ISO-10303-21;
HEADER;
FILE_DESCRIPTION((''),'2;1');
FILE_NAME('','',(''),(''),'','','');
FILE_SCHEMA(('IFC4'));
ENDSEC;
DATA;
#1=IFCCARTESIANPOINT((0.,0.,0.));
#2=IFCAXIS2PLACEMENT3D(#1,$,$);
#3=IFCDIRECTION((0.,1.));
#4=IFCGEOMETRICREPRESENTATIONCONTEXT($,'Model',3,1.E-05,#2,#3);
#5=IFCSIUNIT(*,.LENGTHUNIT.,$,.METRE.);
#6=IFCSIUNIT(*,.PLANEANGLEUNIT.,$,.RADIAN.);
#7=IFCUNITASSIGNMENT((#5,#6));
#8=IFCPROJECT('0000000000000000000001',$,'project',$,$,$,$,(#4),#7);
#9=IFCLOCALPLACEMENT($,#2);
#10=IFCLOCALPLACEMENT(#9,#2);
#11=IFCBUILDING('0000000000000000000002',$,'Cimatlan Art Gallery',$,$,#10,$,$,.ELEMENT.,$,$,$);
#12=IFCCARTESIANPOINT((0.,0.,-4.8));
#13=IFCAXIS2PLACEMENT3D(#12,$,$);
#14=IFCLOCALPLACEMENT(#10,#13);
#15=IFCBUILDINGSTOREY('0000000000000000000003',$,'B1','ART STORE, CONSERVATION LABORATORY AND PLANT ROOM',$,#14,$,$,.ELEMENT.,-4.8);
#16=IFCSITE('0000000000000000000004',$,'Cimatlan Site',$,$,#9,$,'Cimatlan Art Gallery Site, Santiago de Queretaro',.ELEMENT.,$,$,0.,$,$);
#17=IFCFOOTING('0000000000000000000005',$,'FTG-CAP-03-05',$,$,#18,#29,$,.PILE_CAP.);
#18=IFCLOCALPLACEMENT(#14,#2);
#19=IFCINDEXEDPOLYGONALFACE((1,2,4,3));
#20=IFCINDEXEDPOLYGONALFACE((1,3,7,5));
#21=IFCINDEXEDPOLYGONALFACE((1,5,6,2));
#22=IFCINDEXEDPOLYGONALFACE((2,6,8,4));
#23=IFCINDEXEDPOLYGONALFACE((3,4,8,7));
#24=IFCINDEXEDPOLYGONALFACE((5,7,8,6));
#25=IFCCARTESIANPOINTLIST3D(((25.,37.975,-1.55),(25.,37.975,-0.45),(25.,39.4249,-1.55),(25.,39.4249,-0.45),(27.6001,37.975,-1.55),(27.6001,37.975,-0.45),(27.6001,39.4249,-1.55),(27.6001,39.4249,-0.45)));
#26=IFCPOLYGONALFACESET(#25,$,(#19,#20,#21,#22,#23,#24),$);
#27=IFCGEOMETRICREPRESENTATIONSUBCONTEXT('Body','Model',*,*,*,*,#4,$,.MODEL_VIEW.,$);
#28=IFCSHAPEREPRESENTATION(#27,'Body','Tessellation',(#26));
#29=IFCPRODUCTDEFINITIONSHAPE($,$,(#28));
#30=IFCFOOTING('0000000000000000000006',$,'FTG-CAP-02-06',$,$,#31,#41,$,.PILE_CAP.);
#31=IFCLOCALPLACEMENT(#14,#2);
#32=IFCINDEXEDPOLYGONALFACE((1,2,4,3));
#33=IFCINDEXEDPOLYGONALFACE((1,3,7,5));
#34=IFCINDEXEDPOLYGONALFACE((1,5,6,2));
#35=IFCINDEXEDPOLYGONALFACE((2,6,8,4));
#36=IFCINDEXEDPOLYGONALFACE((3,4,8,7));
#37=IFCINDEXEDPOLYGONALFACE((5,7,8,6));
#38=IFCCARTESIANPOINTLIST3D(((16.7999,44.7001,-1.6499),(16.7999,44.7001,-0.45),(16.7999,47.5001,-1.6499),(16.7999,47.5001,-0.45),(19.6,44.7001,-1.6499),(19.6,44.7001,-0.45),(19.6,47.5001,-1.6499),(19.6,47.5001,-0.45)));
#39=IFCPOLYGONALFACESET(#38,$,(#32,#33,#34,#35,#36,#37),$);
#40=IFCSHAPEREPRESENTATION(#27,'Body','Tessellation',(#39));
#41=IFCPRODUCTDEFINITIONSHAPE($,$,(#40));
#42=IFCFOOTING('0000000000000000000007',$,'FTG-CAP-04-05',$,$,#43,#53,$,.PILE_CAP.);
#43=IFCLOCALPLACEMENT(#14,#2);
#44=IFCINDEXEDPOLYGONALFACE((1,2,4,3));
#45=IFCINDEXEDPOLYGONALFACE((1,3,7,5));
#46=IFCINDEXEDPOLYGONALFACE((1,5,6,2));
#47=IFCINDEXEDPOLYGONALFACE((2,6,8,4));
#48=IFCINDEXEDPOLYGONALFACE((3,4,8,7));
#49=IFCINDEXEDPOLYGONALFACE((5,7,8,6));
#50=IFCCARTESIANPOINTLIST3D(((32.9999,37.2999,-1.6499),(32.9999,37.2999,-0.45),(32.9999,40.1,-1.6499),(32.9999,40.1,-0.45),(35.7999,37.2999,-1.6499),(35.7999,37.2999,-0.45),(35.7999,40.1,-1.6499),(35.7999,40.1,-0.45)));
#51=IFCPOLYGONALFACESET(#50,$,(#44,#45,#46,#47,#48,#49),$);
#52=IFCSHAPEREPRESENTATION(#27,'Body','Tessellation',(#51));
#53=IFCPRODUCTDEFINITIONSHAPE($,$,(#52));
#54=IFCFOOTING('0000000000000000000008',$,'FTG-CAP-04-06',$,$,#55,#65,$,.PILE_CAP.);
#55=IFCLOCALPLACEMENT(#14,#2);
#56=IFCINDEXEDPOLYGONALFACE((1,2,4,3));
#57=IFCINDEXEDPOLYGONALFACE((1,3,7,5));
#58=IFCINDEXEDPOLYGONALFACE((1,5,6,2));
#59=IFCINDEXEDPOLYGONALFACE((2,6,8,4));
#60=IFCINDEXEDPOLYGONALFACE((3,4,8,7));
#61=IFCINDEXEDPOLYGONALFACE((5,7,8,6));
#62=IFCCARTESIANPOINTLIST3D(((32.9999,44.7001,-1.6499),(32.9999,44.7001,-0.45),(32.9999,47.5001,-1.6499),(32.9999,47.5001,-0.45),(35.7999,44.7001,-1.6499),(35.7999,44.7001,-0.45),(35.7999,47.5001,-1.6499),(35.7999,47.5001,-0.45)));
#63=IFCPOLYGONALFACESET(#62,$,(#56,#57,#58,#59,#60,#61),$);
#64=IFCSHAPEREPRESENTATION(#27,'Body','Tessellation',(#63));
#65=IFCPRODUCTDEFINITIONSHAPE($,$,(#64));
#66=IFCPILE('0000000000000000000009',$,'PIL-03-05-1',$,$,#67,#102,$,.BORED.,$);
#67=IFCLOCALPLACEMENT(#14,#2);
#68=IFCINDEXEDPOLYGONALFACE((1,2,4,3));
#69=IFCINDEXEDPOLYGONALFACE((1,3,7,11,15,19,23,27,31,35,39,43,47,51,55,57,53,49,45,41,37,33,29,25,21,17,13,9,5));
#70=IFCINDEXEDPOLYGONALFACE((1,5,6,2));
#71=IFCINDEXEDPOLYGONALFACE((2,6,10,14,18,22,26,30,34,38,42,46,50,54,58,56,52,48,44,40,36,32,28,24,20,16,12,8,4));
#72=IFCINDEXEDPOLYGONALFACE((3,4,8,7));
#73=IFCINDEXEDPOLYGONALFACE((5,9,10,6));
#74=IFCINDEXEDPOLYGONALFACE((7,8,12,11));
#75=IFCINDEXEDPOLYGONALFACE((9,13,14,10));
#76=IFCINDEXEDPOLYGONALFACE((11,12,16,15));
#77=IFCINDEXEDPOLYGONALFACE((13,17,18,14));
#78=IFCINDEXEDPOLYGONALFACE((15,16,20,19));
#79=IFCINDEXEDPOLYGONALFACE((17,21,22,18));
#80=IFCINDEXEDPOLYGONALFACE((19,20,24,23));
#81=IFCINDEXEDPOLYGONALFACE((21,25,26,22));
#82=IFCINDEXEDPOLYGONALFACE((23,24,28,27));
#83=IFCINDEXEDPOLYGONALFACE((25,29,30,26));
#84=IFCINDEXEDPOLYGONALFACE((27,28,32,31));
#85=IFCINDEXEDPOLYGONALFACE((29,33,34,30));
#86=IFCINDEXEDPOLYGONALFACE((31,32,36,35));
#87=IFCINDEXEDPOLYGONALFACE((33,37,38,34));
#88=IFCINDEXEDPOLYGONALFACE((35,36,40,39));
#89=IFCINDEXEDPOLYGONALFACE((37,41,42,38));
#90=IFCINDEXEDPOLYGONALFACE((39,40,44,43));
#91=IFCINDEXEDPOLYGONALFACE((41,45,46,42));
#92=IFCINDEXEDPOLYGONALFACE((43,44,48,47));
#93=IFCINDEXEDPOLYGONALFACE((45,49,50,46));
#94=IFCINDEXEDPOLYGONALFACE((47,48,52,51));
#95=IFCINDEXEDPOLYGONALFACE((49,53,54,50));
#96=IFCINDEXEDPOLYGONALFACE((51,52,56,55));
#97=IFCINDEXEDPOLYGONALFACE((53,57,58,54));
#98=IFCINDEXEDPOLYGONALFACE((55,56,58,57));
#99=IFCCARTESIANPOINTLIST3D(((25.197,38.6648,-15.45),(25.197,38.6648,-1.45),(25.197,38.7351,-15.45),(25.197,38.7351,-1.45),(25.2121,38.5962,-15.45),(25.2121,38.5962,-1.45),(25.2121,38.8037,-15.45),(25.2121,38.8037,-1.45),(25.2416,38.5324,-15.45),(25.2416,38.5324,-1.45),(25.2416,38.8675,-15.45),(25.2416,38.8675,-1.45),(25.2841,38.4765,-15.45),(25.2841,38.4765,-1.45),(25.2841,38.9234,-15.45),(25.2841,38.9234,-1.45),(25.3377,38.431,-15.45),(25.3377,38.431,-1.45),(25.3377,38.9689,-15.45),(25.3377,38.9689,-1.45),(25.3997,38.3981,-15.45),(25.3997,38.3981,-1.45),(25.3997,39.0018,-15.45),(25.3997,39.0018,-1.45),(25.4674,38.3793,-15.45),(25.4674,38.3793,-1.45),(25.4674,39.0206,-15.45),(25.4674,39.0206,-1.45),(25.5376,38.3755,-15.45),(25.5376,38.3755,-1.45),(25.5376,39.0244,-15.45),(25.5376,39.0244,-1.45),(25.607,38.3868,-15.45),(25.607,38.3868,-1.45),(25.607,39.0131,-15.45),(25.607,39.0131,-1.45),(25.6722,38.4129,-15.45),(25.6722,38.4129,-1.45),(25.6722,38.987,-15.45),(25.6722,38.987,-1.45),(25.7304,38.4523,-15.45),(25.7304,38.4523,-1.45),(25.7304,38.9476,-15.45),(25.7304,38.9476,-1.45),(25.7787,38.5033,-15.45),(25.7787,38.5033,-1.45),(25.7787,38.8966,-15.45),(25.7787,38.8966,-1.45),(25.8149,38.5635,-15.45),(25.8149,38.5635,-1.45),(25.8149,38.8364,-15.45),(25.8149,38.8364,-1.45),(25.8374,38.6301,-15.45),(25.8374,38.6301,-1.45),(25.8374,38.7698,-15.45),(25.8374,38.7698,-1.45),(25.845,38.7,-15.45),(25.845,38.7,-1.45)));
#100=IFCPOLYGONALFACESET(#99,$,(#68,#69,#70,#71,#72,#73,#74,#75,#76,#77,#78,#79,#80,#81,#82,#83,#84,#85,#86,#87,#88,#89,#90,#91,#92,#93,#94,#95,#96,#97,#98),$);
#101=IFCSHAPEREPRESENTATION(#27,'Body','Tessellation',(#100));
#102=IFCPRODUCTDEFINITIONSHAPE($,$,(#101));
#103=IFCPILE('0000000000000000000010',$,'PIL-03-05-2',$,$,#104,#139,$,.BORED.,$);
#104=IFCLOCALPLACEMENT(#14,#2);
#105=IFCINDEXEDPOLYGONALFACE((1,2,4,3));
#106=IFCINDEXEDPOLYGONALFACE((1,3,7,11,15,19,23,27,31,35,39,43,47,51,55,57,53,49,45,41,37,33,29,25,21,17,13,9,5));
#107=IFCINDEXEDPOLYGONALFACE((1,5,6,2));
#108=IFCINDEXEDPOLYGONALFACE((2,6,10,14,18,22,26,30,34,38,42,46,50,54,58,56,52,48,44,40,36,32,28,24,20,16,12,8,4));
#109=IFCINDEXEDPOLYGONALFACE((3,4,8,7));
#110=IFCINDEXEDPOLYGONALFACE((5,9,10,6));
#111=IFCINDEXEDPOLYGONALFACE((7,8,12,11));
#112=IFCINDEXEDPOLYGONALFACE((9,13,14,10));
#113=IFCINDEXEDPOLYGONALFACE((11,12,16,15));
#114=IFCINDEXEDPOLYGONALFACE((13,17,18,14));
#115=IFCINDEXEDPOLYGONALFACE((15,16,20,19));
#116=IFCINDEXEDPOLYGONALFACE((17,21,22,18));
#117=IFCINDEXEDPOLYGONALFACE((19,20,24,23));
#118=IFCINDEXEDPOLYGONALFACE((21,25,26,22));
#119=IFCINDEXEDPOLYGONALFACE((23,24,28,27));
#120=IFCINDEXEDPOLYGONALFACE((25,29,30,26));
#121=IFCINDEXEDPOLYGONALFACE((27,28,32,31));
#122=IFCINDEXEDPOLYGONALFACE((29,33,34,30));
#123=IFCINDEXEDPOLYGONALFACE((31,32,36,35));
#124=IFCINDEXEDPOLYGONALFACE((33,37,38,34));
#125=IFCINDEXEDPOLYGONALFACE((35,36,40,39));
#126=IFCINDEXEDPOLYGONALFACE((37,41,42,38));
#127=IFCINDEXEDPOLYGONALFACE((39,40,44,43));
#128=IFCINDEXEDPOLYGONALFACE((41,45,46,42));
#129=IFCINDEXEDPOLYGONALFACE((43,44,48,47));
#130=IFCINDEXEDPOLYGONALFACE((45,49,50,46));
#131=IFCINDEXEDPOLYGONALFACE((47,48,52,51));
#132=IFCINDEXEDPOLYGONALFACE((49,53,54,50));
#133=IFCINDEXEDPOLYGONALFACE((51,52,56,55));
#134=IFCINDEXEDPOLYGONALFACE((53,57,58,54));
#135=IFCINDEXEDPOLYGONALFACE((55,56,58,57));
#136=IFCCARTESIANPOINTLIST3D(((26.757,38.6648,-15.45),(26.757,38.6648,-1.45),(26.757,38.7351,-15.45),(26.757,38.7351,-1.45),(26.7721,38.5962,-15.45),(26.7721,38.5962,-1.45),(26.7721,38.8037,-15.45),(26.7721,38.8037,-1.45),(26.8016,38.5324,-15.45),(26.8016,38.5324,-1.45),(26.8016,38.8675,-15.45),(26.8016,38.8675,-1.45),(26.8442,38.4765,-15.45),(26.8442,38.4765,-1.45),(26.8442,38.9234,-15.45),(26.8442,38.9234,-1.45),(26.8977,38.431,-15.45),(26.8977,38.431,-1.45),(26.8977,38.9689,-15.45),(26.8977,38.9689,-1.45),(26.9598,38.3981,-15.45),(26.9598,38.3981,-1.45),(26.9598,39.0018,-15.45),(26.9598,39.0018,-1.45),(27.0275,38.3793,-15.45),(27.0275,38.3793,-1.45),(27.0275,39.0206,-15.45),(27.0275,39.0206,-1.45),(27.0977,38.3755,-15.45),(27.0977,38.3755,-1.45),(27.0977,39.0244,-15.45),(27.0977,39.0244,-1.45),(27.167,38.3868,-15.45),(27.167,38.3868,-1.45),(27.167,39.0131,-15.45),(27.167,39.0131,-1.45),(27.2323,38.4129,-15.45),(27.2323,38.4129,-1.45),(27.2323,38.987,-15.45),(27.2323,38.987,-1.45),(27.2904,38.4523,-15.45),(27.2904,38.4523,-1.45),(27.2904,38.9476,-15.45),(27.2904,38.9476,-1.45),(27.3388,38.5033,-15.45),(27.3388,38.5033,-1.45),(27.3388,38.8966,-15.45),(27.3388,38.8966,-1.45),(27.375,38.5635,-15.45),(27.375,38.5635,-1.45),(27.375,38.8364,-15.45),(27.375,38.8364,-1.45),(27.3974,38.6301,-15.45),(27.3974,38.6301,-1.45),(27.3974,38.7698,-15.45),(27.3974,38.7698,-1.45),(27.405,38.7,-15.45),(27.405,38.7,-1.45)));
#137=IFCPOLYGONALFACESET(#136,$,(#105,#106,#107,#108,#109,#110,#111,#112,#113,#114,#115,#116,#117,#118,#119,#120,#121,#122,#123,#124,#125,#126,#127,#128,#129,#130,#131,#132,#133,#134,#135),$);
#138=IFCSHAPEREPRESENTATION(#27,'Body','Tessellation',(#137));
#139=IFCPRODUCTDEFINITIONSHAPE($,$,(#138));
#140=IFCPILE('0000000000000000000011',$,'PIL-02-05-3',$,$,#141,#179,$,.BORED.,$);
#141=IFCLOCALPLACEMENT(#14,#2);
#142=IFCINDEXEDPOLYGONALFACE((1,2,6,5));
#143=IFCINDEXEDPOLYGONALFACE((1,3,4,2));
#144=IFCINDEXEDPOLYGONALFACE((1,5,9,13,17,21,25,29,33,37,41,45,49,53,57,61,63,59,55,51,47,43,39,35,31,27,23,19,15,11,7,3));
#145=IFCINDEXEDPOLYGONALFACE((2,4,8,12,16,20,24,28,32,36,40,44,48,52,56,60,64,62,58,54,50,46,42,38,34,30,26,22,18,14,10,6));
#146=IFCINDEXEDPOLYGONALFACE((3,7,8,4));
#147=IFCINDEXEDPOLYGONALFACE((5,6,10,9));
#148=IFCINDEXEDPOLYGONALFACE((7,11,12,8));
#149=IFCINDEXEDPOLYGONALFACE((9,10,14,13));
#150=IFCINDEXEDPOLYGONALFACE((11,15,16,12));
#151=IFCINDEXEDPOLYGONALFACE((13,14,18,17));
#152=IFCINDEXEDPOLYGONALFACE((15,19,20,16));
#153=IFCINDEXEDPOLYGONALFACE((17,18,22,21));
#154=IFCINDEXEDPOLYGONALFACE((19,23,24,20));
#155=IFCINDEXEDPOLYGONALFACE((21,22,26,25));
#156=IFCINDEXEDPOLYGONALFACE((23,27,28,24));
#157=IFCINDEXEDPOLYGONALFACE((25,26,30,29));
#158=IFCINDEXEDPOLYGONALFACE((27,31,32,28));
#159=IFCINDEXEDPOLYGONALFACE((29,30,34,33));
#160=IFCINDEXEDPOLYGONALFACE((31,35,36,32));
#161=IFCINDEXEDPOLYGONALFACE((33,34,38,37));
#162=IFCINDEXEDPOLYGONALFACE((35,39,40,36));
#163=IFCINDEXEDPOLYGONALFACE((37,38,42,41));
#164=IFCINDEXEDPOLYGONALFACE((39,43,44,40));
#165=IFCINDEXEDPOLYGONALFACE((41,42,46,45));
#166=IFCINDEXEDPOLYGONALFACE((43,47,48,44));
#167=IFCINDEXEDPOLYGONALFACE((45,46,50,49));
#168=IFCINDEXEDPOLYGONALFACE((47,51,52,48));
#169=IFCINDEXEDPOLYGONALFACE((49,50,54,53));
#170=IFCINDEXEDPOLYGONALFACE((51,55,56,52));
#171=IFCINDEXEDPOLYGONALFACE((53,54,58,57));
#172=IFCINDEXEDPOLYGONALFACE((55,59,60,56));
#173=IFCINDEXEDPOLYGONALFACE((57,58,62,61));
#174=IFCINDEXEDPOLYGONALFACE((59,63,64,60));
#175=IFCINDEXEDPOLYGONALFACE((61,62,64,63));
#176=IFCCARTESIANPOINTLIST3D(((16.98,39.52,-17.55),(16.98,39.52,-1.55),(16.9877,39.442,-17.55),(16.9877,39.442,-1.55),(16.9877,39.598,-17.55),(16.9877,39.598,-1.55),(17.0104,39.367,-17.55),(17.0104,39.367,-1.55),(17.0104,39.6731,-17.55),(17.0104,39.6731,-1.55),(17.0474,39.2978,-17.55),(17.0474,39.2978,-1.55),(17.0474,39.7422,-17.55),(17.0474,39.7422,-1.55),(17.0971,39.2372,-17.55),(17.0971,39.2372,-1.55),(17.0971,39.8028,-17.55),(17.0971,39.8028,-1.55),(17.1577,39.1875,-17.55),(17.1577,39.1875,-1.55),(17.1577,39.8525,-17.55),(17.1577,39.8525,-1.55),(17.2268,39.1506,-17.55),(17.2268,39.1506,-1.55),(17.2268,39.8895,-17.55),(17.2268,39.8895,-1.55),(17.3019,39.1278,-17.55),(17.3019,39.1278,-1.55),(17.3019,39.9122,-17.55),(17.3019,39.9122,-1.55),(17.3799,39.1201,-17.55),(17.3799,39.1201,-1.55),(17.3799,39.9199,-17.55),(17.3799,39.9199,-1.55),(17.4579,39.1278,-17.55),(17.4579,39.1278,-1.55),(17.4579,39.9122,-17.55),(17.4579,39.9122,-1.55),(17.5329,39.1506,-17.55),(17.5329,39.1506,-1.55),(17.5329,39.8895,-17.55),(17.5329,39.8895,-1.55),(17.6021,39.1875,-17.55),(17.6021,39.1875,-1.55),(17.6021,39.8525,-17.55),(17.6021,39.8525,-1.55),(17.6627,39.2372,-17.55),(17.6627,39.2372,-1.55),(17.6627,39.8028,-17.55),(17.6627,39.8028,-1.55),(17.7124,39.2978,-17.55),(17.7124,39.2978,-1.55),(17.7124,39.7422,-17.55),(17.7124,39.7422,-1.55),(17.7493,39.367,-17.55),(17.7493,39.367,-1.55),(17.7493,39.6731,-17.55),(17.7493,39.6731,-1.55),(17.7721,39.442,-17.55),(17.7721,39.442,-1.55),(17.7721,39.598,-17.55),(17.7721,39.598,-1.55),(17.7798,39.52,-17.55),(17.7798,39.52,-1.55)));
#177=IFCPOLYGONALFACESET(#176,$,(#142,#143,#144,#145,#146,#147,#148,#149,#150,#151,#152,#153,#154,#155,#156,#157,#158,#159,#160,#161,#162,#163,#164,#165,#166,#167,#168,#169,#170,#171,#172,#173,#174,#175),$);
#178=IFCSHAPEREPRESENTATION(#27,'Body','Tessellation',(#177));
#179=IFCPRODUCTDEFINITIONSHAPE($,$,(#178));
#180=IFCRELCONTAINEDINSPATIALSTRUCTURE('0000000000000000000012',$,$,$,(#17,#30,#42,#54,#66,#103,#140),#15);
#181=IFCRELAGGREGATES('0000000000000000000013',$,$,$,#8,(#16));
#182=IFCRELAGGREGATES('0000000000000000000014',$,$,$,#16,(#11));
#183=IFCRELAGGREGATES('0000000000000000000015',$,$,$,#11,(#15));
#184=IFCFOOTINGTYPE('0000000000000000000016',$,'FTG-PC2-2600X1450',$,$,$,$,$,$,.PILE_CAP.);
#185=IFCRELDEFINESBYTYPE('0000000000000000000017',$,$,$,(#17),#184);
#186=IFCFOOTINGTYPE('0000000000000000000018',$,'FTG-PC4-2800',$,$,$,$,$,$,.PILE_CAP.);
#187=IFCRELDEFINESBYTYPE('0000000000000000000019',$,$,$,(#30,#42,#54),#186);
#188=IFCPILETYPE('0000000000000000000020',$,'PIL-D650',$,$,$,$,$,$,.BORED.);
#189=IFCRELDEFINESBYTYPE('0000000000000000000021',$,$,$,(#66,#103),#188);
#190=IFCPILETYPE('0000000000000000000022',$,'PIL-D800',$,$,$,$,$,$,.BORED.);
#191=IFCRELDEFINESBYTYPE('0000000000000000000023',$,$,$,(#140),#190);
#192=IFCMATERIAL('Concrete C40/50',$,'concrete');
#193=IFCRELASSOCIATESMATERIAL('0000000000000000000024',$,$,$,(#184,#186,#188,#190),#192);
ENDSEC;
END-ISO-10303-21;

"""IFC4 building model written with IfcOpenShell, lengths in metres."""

from ifc_helpers import new_model, si_unit, direction, frame, origin, origin_2d, place, context, subcontext, project, spatial, rectangle, circle, extrude, material, type_object, element, save


model = new_model("IFC4")

# Units and contexts
model_context = context("Model", 3, precision=1e-05, world=origin(), true_north=direction((0.0, 1.0)))
body_context = subcontext(model_context, "Body", "Model", "MODEL_VIEW")
ifc_project = project(units=[si_unit("LENGTHUNIT", "METRE"), si_unit("PLANEANGLEUNIT", "RADIAN")], contexts=[model_context])

# Site, building, storey
site_placement = place(None, origin())
site = spatial("IfcSite", under=ifc_project, at=site_placement, Name="Cimatlan Site", LongName="Cimatlan Art Gallery Site, Santiago de Queretaro", CompositionType="ELEMENT", RefElevation=0.0)
building_placement = place(site_placement, origin())
building = spatial("IfcBuilding", under=site, at=building_placement, Name="Cimatlan Art Gallery", CompositionType="ELEMENT")
storey_placement = place(building_placement, frame((0.0, 0.0, -4.8)))
storey = spatial("IfcBuildingStorey", under=building, at=storey_placement, Name="B1", Description="ART STORE, CONSERVATION LABORATORY AND PLANT ROOM", CompositionType="ELEMENT", Elevation=-4.8)

# Footings
ifc_material_1 = material(Name="Concrete C40/50", Category="concrete")
footing_type_1 = type_object("IfcFootingType", Name="FTG-PC2-2600X1450", PredefinedType="PILE_CAP", material=ifc_material_1)
footing_placement = place(storey_placement, frame((26.3, 38.7, -1.55), z_axis=(0.0, 0.0, 1.0), x_axis=(1.0, 0.0, 0.0)))
element("IfcFooting", 1, at=footing_placement, inside=storey, type_object=footing_type_1, Name="FTG-CAP-03-05", PredefinedType="PILE_CAP", context=body_context, shape_type="SweptSolid", body=[
    extrude(rectangle(XDim=2.6001, YDim=1.45, at=origin_2d()), origin(), (0.0, 0.0, 1.0), 1.1001),
])
footing_type_2 = type_object("IfcFootingType", Name="FTG-PC4-2800", PredefinedType="PILE_CAP", material=ifc_material_1)
for number, where, z_axis, x_axis, name in (
    (2, (18.2, 46.1001, -1.6499), (0.0, 0.0, 1.0), (1.0, 0.0, 0.0), "FTG-CAP-02-06"),
    (3, (34.3999, 38.7, -1.6499), (0.0, 0.0, 1.0), (1.0, 0.0, 0.0), "FTG-CAP-04-05"),
    (4, (34.3999, 46.1001, -1.6499), (0.0, 0.0, 1.0), (1.0, 0.0, 0.0), "FTG-CAP-04-06"),
):
    element("IfcFooting", number, at=place(storey_placement, frame(where, z_axis=z_axis, x_axis=x_axis)), inside=storey, type_object=footing_type_2, Name=name, PredefinedType="PILE_CAP", context=body_context, shape_type="SweptSolid", body=[
        extrude(rectangle(XDim=2.8, YDim=2.8, at=origin_2d()), origin(), (0.0, 0.0, 1.0), 1.2),
    ])

# Piles
pile_type_1 = type_object("IfcPileType", Name="PIL-D650", PredefinedType="BORED", material=ifc_material_1)
for number, where, z_axis, x_axis, name in (
    (5, (25.52, 38.7, -1.45), (0.0, 0.0, -1.0), (1.0, 0.0, 0.0), "PIL-03-05-1"),
    (6, (27.0801, 38.7, -1.45), (0.0, 0.0, -1.0), (1.0, 0.0, 0.0), "PIL-03-05-2"),
):
    element("IfcPile", number, at=place(storey_placement, frame(where, z_axis=z_axis, x_axis=x_axis)), inside=storey, type_object=pile_type_1, Name=name, PredefinedType="BORED", context=body_context, shape_type="SweptSolid", body=[
        extrude(circle(Radius=0.325, at=origin_2d()), origin(), (0.0, 0.0, 1.0), 14.0),
    ])
pile_type_2 = type_object("IfcPileType", Name="PIL-D800", PredefinedType="BORED", material=ifc_material_1)
for number, where, z_axis, x_axis, name in (
    (7, (17.3799, 39.52, -1.55), (0.0, 0.0, -1.0), (1.0, 0.0, 0.0), "PIL-02-05-3"),
):
    element("IfcPile", number, at=place(storey_placement, frame(where, z_axis=z_axis, x_axis=x_axis)), inside=storey, type_object=pile_type_2, Name=name, PredefinedType="BORED", context=body_context, shape_type="SweptSolid", body=[
        extrude(circle(Radius=0.3999, at=origin_2d()), origin(), (0.0, 0.0, 1.0), 16.0),
    ])

save(model, "model.ifc")
